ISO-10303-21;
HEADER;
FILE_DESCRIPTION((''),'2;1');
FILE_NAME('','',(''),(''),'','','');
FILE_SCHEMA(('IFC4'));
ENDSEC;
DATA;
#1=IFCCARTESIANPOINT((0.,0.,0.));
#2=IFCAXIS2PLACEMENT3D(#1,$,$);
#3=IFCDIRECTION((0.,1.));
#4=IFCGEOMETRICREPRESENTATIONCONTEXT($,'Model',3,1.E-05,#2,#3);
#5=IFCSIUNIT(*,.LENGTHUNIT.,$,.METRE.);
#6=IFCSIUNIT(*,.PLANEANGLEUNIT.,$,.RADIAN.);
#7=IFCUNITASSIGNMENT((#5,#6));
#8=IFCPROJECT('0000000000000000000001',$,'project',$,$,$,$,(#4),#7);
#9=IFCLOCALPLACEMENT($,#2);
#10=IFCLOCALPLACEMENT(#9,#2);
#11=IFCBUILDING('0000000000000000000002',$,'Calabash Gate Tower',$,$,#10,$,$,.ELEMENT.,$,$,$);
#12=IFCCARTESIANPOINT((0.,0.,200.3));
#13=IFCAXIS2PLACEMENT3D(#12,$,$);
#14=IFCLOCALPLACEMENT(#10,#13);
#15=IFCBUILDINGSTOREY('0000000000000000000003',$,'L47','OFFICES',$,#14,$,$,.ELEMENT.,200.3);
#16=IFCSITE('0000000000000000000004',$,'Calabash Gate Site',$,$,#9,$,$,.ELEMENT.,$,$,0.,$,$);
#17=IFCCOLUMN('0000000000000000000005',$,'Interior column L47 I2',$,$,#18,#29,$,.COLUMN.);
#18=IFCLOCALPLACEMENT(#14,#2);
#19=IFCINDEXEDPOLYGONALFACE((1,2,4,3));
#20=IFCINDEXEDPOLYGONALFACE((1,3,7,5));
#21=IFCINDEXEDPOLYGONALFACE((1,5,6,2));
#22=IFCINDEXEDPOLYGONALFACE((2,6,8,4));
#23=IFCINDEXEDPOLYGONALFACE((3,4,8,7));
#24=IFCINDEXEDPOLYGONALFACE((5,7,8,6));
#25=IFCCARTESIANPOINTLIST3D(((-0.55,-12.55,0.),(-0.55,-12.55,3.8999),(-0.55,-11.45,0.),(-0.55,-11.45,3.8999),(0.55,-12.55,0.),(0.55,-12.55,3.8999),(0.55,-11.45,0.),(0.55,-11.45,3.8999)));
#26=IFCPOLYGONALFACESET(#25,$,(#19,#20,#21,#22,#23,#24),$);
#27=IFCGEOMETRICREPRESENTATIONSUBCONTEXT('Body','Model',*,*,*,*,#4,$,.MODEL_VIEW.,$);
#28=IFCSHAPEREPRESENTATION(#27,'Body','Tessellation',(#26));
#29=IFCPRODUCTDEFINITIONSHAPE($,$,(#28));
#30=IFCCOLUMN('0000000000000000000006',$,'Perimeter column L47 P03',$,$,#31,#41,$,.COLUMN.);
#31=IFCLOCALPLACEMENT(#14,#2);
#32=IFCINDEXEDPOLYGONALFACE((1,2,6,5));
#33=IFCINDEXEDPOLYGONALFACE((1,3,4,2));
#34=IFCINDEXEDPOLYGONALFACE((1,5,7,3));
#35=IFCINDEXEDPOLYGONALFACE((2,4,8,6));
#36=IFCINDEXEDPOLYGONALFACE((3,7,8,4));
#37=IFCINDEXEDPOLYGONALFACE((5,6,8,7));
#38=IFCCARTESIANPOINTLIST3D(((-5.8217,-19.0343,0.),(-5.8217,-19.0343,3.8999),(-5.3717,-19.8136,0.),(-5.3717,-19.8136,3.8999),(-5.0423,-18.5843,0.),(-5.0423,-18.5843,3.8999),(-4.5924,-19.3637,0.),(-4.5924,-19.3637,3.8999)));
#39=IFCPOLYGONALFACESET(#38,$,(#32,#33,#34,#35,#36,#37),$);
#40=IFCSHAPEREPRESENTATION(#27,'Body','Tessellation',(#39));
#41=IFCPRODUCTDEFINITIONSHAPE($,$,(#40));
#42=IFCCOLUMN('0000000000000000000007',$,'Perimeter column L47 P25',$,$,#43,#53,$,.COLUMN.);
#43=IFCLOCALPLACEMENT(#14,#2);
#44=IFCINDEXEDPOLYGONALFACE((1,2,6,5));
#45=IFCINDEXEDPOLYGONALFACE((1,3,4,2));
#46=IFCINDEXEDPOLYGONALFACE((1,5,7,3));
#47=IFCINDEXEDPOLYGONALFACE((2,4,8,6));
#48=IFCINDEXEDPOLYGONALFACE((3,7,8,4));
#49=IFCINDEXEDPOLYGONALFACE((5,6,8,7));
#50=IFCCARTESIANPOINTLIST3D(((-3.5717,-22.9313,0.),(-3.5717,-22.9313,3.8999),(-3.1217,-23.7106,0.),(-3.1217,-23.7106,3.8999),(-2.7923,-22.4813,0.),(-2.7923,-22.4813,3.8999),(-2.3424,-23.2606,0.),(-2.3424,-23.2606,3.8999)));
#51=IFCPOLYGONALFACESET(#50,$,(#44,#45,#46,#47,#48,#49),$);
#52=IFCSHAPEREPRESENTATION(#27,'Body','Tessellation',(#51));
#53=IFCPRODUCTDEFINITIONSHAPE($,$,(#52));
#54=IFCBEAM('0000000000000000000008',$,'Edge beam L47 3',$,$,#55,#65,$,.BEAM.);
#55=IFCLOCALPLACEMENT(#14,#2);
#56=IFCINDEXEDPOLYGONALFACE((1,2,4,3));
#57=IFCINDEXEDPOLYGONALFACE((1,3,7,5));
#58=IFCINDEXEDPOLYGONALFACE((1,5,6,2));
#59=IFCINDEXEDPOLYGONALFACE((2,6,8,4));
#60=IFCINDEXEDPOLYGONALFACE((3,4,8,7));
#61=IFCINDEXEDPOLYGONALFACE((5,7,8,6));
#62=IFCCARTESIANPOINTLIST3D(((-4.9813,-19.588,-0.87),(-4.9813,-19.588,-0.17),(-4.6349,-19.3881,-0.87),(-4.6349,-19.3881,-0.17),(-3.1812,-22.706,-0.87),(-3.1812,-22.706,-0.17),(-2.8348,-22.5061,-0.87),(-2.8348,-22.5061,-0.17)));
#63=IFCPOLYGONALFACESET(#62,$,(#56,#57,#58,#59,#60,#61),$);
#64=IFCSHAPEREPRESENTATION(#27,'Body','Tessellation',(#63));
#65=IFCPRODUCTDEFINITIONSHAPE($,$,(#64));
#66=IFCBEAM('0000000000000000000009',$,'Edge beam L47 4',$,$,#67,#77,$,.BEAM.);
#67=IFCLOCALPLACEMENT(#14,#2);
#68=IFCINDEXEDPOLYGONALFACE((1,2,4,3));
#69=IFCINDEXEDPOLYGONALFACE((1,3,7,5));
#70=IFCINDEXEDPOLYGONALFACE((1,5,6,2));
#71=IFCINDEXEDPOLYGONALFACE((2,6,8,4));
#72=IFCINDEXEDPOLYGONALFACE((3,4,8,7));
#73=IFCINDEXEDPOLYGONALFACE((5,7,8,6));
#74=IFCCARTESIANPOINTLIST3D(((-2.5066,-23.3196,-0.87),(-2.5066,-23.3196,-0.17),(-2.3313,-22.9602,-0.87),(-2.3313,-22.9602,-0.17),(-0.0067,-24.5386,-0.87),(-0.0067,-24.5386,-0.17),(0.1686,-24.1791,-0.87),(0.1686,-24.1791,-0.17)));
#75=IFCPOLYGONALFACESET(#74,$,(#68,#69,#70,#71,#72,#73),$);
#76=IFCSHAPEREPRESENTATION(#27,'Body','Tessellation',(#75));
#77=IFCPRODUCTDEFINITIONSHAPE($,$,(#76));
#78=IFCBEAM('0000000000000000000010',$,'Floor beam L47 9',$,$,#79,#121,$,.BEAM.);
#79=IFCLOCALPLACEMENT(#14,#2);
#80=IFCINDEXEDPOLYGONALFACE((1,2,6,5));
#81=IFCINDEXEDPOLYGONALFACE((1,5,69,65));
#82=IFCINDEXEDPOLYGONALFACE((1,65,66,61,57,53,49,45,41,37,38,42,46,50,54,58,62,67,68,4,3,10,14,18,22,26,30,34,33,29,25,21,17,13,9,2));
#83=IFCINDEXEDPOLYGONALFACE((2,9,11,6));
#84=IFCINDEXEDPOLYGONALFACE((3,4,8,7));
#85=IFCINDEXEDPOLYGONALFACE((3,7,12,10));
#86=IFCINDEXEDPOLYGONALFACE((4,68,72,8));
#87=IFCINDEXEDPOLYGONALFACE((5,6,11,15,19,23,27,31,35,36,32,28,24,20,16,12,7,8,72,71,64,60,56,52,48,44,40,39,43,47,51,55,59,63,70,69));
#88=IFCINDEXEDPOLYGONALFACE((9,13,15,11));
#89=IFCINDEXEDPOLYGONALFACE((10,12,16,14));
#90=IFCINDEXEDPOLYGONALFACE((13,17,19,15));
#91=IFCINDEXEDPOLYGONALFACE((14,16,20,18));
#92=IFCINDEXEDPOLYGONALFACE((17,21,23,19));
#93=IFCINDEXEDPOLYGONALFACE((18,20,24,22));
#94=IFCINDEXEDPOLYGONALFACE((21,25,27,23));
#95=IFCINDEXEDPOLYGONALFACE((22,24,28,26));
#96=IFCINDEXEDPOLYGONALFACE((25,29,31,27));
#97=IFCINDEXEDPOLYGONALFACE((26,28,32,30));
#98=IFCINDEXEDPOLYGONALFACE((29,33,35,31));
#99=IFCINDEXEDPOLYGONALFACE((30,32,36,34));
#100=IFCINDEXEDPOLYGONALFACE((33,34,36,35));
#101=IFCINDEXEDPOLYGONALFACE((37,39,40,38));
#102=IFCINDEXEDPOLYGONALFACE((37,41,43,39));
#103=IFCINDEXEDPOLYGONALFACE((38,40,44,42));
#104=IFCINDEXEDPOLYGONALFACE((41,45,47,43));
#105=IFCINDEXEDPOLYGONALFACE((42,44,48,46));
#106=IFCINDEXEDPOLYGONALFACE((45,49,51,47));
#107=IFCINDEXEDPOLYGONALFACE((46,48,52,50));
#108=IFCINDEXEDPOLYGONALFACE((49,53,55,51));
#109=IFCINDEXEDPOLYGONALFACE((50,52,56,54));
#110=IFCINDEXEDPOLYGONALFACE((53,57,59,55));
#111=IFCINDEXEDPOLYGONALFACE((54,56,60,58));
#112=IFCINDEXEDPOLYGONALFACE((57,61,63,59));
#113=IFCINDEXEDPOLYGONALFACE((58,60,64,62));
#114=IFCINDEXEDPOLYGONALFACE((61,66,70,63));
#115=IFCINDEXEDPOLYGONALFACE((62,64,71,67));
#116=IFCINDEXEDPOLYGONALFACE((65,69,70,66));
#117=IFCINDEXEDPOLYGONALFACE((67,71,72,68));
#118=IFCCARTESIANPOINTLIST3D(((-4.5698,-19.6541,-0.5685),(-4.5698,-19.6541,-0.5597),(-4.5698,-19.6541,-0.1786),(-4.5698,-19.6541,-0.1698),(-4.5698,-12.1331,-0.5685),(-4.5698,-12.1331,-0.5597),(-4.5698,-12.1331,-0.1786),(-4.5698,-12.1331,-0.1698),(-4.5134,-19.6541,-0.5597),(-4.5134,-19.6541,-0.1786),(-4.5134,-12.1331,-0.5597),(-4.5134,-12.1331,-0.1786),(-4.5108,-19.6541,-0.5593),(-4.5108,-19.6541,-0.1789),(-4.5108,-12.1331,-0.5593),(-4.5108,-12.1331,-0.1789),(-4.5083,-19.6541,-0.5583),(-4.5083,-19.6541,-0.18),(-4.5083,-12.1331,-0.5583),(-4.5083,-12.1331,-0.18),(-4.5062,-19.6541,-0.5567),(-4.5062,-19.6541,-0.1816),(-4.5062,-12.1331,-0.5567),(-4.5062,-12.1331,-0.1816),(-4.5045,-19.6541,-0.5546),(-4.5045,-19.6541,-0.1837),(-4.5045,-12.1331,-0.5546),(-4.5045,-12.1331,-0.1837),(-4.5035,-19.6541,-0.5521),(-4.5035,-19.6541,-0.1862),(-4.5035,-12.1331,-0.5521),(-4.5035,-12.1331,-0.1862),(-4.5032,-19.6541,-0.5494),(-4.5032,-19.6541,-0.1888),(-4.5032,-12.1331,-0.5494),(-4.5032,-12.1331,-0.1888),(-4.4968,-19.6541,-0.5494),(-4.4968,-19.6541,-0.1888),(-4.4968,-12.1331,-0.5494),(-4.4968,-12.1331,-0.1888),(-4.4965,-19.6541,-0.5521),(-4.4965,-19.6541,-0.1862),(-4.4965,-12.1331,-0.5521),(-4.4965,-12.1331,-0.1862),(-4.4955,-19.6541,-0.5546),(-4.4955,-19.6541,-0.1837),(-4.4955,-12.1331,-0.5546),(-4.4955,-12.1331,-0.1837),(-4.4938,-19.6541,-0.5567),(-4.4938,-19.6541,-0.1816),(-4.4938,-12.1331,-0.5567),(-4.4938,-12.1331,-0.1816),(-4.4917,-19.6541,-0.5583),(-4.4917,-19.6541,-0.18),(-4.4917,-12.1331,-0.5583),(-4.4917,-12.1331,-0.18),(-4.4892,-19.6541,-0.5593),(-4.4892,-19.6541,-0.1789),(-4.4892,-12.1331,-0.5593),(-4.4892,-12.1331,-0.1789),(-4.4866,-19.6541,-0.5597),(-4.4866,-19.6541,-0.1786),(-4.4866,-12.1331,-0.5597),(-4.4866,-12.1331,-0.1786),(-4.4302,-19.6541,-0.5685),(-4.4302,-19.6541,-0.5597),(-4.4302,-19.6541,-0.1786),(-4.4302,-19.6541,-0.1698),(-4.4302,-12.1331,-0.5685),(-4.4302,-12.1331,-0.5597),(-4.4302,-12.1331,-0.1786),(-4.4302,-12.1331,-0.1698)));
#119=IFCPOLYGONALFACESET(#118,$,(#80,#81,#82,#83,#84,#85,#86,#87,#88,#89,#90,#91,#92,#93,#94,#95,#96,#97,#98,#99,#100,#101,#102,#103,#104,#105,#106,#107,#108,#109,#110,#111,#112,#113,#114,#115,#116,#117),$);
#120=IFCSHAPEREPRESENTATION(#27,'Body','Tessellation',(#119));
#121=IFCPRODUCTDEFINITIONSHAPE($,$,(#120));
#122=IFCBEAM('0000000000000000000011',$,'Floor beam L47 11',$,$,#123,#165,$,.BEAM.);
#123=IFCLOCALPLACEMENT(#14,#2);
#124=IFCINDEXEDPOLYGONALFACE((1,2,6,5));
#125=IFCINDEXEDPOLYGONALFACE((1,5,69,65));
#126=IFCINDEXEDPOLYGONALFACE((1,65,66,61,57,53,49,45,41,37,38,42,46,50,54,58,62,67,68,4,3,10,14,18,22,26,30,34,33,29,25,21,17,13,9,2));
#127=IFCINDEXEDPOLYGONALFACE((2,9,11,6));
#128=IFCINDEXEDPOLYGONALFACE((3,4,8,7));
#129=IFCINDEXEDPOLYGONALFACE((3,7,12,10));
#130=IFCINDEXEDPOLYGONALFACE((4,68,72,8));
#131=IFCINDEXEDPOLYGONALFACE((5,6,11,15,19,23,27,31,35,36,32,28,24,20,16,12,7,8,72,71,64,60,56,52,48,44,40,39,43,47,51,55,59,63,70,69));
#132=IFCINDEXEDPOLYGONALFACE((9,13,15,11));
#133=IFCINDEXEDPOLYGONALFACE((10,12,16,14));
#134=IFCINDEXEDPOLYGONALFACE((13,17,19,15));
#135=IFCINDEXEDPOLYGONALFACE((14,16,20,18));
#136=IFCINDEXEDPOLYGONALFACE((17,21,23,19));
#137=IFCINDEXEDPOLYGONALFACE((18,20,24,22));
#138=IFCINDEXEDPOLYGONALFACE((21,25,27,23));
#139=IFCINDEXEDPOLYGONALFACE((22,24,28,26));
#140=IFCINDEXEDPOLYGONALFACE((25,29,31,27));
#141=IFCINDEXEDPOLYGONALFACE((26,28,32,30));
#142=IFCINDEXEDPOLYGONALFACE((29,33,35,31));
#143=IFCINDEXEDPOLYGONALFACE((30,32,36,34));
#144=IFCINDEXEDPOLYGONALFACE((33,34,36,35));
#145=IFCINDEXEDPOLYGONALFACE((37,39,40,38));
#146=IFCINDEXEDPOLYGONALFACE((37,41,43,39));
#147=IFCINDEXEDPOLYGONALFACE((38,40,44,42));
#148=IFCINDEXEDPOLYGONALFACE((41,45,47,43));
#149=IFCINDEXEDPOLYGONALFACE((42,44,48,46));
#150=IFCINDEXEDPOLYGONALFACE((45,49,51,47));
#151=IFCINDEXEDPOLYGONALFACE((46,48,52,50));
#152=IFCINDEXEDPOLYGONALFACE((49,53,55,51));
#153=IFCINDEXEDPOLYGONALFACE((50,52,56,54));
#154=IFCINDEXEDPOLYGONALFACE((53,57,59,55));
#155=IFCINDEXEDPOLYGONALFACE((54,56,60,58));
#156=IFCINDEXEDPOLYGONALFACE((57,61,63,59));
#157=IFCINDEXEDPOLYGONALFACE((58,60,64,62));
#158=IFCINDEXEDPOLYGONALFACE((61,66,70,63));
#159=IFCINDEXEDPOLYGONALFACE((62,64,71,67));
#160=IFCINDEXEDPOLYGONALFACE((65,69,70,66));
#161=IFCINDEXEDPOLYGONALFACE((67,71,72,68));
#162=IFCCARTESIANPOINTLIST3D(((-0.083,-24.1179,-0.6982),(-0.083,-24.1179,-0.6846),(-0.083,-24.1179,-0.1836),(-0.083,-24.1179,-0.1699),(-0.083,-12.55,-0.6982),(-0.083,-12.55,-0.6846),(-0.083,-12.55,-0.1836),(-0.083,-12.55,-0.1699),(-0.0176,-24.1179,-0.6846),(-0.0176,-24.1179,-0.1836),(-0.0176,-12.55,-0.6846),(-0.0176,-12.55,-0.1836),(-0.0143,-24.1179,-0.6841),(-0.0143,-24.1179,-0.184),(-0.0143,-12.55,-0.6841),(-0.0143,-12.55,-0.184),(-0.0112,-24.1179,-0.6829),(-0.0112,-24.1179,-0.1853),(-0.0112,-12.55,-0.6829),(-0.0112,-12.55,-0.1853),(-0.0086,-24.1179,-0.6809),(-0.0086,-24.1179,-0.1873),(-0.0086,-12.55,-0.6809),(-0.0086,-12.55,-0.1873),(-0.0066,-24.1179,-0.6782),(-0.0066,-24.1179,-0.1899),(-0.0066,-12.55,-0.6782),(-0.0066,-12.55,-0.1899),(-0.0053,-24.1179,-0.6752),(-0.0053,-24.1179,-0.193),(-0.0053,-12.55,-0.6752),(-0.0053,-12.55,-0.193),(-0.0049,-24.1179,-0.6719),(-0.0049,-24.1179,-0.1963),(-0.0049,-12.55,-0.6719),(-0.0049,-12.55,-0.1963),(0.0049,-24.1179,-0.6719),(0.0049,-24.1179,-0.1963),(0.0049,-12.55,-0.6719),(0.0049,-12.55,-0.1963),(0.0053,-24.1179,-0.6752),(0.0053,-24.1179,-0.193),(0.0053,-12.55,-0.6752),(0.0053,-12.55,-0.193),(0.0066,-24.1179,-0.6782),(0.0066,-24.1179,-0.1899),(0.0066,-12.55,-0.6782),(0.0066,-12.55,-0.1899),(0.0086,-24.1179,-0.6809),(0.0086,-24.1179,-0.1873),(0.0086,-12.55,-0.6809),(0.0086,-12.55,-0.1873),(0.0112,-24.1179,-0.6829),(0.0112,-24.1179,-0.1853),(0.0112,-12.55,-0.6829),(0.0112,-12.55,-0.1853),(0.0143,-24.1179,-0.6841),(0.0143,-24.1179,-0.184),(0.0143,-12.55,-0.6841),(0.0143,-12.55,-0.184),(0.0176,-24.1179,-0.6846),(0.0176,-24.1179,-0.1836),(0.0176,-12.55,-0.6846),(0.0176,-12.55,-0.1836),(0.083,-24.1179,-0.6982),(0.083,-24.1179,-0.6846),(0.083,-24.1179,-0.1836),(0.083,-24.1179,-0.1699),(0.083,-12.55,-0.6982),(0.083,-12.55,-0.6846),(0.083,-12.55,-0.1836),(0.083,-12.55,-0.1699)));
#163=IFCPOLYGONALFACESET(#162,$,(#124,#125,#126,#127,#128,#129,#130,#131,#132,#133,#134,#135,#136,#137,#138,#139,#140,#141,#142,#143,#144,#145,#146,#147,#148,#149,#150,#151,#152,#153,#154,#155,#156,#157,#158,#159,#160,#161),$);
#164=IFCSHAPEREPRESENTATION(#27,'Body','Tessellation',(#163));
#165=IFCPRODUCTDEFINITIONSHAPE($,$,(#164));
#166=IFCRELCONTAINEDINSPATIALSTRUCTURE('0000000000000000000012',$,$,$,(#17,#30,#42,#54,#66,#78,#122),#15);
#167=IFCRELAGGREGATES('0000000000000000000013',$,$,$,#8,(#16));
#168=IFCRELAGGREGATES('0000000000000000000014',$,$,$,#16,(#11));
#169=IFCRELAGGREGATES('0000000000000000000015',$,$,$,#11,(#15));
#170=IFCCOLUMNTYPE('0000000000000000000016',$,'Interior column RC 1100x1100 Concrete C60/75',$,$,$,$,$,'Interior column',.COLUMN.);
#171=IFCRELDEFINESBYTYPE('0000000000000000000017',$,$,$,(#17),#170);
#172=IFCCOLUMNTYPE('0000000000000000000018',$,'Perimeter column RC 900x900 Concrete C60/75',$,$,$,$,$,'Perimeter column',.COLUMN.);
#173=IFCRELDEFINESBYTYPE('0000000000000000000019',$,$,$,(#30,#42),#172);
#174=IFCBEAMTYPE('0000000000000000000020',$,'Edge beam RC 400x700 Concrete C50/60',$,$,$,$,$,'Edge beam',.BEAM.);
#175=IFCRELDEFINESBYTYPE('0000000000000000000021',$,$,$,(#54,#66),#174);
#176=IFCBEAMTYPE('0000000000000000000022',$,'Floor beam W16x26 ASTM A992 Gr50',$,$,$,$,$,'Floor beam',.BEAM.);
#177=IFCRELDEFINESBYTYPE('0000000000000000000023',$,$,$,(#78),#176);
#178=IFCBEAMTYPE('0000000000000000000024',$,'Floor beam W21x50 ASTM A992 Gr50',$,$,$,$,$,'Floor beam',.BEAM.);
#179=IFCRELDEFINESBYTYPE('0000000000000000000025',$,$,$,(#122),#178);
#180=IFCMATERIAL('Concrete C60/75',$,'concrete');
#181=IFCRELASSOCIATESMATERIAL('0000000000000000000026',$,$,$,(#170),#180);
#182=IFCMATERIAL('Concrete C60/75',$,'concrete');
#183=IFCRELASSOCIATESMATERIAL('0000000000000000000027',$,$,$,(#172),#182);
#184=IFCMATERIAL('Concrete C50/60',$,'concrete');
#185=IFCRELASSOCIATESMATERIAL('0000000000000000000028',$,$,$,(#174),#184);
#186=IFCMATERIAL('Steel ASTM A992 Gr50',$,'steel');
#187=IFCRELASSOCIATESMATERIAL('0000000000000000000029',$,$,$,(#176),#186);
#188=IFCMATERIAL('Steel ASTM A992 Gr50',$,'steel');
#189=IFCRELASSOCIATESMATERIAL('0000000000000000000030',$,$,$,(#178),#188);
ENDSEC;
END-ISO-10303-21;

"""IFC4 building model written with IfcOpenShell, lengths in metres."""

from ifc_helpers import new_model, si_unit, direction, frame, origin, origin_2d, place, context, subcontext, project, spatial, rectangle, i_section, extrude, material, material_profile, profile_set, type_object, element, save


model = new_model("IFC4")

# Units and contexts
model_context = context("Model", 3, precision=1e-05, world=origin(), true_north=direction((0.0, 1.0)))
body_context = subcontext(model_context, "Body", "Model", "MODEL_VIEW")
ifc_project = project(units=[si_unit("LENGTHUNIT", "METRE"), si_unit("PLANEANGLEUNIT", "RADIAN")], contexts=[model_context])

# Site, building, storey
site_placement = place(None, origin())
site = spatial("IfcSite", under=ifc_project, at=site_placement, Name="Calabash Gate Site", CompositionType="ELEMENT", RefElevation=0.0)
building_placement = place(site_placement, origin())
building = spatial("IfcBuilding", under=site, at=building_placement, Name="Calabash Gate Tower", CompositionType="ELEMENT")
storey_placement = place(building_placement, frame((0.0, 0.0, 200.3)))
storey = spatial("IfcBuildingStorey", under=building, at=storey_placement, Name="L47", Description="OFFICES", CompositionType="ELEMENT", Elevation=200.3)

# Columns
ifc_material_1 = material(Name="Concrete C60/75", Category="concrete")
ifc_material_profile_1 = material_profile(ifc_material_1, rectangle(XDim=1.1001, YDim=1.1001, at=origin_2d()))
ifc_profile_set_1 = profile_set([ifc_material_profile_1], Name="Concrete C60/75")
column_type_1 = type_object("IfcColumnType", Name="Interior column RC 1100x1100 Concrete C60/75", ElementType="Interior column", PredefinedType="COLUMN", material=ifc_profile_set_1)
column_placement = place(storey_placement, frame((0.0, -12.0, 0.0), z_axis=(0.0, 0.0, 1.0), x_axis=(1.0, 0.0, 0.0)))
element("IfcColumn", 1, at=column_placement, inside=storey, type_object=column_type_1, Name="Interior column L47 I2", PredefinedType="COLUMN", context=body_context, shape_type="SweptSolid", body=[
    extrude(rectangle(XDim=1.1001, YDim=1.1001, at=origin_2d()), origin(), (0.0, 0.0, 1.0), 3.8999),
])
ifc_material_2 = material(Name="Concrete C60/75", Category="concrete")
ifc_material_profile_2 = material_profile(ifc_material_2, rectangle(XDim=0.8999, YDim=0.8999, at=origin_2d()))
ifc_profile_set_2 = profile_set([ifc_material_profile_2], Name="Concrete C60/75")
column_type_2 = type_object("IfcColumnType", Name="Perimeter column RC 900x900 Concrete C60/75", ElementType="Perimeter column", PredefinedType="COLUMN", material=ifc_profile_set_2)
for number, where, z_axis, x_axis, name in (
    (2, (-5.207, -19.199, 0.0), (0.0, 0.0, 1.0), (0.5, -0.866025, 0.0), "Perimeter column L47 P03"),
    (3, (-2.957, -23.0959, 0.0), (0.0, 0.0, 1.0), (0.5, -0.866025, 0.0), "Perimeter column L47 P25"),
):
    element("IfcColumn", number, at=place(storey_placement, frame(where, z_axis=z_axis, x_axis=x_axis)), inside=storey, type_object=column_type_2, Name=name, PredefinedType="COLUMN", context=body_context, shape_type="SweptSolid", body=[
        extrude(rectangle(XDim=0.8999, YDim=0.8999, at=origin_2d()), origin(), (0.0, 0.0, 1.0), 3.8999),
    ])

# Beams
ifc_material_3 = material(Name="Concrete C50/60", Category="concrete")
ifc_material_profile_3 = material_profile(ifc_material_3, rectangle(XDim=0.3999, YDim=0.7, at=origin_2d()))
ifc_profile_set_3 = profile_set([ifc_material_profile_3], Name="Concrete C50/60")
beam_type_1 = type_object("IfcBeamType", Name="Edge beam RC 400x700 Concrete C50/60", ElementType="Edge beam", PredefinedType="BEAM", material=ifc_profile_set_3)
beam_1_placement = place(storey_placement, frame((-4.8081, -19.488, -0.52), z_axis=(0.499983, -0.866035, 0.0), x_axis=(0.866035, 0.499983, 0.0)))
element("IfcBeam", 4, at=beam_1_placement, inside=storey, type_object=beam_type_1, Name="Edge beam L47 3", PredefinedType="BEAM", context=body_context, shape_type="SweptSolid", body=[
    extrude(rectangle(XDim=0.3999, YDim=0.7, at=origin_2d()), origin(), (0.0, 0.0, 1.0), 3.6003),
])
beam_2_placement = place(storey_placement, frame((-2.4189, -23.1399, -0.52), z_axis=(0.898842, -0.438273, 0.0), x_axis=(0.438273, 0.898842, 0.0)))
element("IfcBeam", 5, at=beam_2_placement, inside=storey, type_object=beam_type_1, Name="Edge beam L47 4", PredefinedType="BEAM", context=body_context, shape_type="SweptSolid", body=[
    extrude(rectangle(XDim=0.3999, YDim=0.7, at=origin_2d()), origin(), (0.0, 0.0, 1.0), 2.7812),
])
ifc_material_4 = material(Name="Steel ASTM A992 Gr50", Category="steel")
ifc_material_profile_4 = material_profile(ifc_material_4, i_section(OverallWidth=0.1396, OverallDepth=0.3987, WebThickness=0.0063, FlangeThickness=0.0088, FilletRadius=0.0103, at=origin_2d()))
ifc_profile_set_4 = profile_set([ifc_material_profile_4], Name="Steel ASTM A992 Gr50")
beam_type_2 = type_object("IfcBeamType", Name="Floor beam W16x26 ASTM A992 Gr50", ElementType="Floor beam", PredefinedType="BEAM", material=ifc_profile_set_4)
beam_3_placement = place(storey_placement, frame((-4.5, -19.6541, -0.3691), z_axis=(0.0, 1.0, 0.0), x_axis=(-1.0, 0.0, 0.0)))
element("IfcBeam", 6, at=beam_3_placement, inside=storey, type_object=beam_type_2, Name="Floor beam L47 9", PredefinedType="BEAM", context=body_context, shape_type="SweptSolid", body=[
    extrude(i_section(OverallWidth=0.1396, OverallDepth=0.3987, WebThickness=0.0063, FlangeThickness=0.0088, FilletRadius=0.0103, at=origin_2d()), origin(), (0.0, 0.0, 1.0), 7.521),
])
ifc_material_5 = material(Name="Steel ASTM A992 Gr50", Category="steel")
ifc_material_profile_5 = material_profile(ifc_material_5, i_section(OverallWidth=0.166, OverallDepth=0.5283, WebThickness=0.0098, FlangeThickness=0.0137, FilletRadius=0.0127, at=origin_2d()))
ifc_profile_set_5 = profile_set([ifc_material_profile_5], Name="Steel ASTM A992 Gr50")
beam_type_3 = type_object("IfcBeamType", Name="Floor beam W21x50 ASTM A992 Gr50", ElementType="Floor beam", PredefinedType="BEAM", material=ifc_profile_set_5)
beam_4_placement = place(storey_placement, frame((0.0, -24.1179, -0.4341), z_axis=(0.0, 1.0, 0.0), x_axis=(-1.0, 0.0, 0.0)))
element("IfcBeam", 7, at=beam_4_placement, inside=storey, type_object=beam_type_3, Name="Floor beam L47 11", PredefinedType="BEAM", context=body_context, shape_type="SweptSolid", body=[
    extrude(i_section(OverallWidth=0.166, OverallDepth=0.5283, WebThickness=0.0098, FlangeThickness=0.0137, FilletRadius=0.0127, at=origin_2d()), origin(), (0.0, 0.0, 1.0), 11.5679),
])

save(model, "model.ifc")
